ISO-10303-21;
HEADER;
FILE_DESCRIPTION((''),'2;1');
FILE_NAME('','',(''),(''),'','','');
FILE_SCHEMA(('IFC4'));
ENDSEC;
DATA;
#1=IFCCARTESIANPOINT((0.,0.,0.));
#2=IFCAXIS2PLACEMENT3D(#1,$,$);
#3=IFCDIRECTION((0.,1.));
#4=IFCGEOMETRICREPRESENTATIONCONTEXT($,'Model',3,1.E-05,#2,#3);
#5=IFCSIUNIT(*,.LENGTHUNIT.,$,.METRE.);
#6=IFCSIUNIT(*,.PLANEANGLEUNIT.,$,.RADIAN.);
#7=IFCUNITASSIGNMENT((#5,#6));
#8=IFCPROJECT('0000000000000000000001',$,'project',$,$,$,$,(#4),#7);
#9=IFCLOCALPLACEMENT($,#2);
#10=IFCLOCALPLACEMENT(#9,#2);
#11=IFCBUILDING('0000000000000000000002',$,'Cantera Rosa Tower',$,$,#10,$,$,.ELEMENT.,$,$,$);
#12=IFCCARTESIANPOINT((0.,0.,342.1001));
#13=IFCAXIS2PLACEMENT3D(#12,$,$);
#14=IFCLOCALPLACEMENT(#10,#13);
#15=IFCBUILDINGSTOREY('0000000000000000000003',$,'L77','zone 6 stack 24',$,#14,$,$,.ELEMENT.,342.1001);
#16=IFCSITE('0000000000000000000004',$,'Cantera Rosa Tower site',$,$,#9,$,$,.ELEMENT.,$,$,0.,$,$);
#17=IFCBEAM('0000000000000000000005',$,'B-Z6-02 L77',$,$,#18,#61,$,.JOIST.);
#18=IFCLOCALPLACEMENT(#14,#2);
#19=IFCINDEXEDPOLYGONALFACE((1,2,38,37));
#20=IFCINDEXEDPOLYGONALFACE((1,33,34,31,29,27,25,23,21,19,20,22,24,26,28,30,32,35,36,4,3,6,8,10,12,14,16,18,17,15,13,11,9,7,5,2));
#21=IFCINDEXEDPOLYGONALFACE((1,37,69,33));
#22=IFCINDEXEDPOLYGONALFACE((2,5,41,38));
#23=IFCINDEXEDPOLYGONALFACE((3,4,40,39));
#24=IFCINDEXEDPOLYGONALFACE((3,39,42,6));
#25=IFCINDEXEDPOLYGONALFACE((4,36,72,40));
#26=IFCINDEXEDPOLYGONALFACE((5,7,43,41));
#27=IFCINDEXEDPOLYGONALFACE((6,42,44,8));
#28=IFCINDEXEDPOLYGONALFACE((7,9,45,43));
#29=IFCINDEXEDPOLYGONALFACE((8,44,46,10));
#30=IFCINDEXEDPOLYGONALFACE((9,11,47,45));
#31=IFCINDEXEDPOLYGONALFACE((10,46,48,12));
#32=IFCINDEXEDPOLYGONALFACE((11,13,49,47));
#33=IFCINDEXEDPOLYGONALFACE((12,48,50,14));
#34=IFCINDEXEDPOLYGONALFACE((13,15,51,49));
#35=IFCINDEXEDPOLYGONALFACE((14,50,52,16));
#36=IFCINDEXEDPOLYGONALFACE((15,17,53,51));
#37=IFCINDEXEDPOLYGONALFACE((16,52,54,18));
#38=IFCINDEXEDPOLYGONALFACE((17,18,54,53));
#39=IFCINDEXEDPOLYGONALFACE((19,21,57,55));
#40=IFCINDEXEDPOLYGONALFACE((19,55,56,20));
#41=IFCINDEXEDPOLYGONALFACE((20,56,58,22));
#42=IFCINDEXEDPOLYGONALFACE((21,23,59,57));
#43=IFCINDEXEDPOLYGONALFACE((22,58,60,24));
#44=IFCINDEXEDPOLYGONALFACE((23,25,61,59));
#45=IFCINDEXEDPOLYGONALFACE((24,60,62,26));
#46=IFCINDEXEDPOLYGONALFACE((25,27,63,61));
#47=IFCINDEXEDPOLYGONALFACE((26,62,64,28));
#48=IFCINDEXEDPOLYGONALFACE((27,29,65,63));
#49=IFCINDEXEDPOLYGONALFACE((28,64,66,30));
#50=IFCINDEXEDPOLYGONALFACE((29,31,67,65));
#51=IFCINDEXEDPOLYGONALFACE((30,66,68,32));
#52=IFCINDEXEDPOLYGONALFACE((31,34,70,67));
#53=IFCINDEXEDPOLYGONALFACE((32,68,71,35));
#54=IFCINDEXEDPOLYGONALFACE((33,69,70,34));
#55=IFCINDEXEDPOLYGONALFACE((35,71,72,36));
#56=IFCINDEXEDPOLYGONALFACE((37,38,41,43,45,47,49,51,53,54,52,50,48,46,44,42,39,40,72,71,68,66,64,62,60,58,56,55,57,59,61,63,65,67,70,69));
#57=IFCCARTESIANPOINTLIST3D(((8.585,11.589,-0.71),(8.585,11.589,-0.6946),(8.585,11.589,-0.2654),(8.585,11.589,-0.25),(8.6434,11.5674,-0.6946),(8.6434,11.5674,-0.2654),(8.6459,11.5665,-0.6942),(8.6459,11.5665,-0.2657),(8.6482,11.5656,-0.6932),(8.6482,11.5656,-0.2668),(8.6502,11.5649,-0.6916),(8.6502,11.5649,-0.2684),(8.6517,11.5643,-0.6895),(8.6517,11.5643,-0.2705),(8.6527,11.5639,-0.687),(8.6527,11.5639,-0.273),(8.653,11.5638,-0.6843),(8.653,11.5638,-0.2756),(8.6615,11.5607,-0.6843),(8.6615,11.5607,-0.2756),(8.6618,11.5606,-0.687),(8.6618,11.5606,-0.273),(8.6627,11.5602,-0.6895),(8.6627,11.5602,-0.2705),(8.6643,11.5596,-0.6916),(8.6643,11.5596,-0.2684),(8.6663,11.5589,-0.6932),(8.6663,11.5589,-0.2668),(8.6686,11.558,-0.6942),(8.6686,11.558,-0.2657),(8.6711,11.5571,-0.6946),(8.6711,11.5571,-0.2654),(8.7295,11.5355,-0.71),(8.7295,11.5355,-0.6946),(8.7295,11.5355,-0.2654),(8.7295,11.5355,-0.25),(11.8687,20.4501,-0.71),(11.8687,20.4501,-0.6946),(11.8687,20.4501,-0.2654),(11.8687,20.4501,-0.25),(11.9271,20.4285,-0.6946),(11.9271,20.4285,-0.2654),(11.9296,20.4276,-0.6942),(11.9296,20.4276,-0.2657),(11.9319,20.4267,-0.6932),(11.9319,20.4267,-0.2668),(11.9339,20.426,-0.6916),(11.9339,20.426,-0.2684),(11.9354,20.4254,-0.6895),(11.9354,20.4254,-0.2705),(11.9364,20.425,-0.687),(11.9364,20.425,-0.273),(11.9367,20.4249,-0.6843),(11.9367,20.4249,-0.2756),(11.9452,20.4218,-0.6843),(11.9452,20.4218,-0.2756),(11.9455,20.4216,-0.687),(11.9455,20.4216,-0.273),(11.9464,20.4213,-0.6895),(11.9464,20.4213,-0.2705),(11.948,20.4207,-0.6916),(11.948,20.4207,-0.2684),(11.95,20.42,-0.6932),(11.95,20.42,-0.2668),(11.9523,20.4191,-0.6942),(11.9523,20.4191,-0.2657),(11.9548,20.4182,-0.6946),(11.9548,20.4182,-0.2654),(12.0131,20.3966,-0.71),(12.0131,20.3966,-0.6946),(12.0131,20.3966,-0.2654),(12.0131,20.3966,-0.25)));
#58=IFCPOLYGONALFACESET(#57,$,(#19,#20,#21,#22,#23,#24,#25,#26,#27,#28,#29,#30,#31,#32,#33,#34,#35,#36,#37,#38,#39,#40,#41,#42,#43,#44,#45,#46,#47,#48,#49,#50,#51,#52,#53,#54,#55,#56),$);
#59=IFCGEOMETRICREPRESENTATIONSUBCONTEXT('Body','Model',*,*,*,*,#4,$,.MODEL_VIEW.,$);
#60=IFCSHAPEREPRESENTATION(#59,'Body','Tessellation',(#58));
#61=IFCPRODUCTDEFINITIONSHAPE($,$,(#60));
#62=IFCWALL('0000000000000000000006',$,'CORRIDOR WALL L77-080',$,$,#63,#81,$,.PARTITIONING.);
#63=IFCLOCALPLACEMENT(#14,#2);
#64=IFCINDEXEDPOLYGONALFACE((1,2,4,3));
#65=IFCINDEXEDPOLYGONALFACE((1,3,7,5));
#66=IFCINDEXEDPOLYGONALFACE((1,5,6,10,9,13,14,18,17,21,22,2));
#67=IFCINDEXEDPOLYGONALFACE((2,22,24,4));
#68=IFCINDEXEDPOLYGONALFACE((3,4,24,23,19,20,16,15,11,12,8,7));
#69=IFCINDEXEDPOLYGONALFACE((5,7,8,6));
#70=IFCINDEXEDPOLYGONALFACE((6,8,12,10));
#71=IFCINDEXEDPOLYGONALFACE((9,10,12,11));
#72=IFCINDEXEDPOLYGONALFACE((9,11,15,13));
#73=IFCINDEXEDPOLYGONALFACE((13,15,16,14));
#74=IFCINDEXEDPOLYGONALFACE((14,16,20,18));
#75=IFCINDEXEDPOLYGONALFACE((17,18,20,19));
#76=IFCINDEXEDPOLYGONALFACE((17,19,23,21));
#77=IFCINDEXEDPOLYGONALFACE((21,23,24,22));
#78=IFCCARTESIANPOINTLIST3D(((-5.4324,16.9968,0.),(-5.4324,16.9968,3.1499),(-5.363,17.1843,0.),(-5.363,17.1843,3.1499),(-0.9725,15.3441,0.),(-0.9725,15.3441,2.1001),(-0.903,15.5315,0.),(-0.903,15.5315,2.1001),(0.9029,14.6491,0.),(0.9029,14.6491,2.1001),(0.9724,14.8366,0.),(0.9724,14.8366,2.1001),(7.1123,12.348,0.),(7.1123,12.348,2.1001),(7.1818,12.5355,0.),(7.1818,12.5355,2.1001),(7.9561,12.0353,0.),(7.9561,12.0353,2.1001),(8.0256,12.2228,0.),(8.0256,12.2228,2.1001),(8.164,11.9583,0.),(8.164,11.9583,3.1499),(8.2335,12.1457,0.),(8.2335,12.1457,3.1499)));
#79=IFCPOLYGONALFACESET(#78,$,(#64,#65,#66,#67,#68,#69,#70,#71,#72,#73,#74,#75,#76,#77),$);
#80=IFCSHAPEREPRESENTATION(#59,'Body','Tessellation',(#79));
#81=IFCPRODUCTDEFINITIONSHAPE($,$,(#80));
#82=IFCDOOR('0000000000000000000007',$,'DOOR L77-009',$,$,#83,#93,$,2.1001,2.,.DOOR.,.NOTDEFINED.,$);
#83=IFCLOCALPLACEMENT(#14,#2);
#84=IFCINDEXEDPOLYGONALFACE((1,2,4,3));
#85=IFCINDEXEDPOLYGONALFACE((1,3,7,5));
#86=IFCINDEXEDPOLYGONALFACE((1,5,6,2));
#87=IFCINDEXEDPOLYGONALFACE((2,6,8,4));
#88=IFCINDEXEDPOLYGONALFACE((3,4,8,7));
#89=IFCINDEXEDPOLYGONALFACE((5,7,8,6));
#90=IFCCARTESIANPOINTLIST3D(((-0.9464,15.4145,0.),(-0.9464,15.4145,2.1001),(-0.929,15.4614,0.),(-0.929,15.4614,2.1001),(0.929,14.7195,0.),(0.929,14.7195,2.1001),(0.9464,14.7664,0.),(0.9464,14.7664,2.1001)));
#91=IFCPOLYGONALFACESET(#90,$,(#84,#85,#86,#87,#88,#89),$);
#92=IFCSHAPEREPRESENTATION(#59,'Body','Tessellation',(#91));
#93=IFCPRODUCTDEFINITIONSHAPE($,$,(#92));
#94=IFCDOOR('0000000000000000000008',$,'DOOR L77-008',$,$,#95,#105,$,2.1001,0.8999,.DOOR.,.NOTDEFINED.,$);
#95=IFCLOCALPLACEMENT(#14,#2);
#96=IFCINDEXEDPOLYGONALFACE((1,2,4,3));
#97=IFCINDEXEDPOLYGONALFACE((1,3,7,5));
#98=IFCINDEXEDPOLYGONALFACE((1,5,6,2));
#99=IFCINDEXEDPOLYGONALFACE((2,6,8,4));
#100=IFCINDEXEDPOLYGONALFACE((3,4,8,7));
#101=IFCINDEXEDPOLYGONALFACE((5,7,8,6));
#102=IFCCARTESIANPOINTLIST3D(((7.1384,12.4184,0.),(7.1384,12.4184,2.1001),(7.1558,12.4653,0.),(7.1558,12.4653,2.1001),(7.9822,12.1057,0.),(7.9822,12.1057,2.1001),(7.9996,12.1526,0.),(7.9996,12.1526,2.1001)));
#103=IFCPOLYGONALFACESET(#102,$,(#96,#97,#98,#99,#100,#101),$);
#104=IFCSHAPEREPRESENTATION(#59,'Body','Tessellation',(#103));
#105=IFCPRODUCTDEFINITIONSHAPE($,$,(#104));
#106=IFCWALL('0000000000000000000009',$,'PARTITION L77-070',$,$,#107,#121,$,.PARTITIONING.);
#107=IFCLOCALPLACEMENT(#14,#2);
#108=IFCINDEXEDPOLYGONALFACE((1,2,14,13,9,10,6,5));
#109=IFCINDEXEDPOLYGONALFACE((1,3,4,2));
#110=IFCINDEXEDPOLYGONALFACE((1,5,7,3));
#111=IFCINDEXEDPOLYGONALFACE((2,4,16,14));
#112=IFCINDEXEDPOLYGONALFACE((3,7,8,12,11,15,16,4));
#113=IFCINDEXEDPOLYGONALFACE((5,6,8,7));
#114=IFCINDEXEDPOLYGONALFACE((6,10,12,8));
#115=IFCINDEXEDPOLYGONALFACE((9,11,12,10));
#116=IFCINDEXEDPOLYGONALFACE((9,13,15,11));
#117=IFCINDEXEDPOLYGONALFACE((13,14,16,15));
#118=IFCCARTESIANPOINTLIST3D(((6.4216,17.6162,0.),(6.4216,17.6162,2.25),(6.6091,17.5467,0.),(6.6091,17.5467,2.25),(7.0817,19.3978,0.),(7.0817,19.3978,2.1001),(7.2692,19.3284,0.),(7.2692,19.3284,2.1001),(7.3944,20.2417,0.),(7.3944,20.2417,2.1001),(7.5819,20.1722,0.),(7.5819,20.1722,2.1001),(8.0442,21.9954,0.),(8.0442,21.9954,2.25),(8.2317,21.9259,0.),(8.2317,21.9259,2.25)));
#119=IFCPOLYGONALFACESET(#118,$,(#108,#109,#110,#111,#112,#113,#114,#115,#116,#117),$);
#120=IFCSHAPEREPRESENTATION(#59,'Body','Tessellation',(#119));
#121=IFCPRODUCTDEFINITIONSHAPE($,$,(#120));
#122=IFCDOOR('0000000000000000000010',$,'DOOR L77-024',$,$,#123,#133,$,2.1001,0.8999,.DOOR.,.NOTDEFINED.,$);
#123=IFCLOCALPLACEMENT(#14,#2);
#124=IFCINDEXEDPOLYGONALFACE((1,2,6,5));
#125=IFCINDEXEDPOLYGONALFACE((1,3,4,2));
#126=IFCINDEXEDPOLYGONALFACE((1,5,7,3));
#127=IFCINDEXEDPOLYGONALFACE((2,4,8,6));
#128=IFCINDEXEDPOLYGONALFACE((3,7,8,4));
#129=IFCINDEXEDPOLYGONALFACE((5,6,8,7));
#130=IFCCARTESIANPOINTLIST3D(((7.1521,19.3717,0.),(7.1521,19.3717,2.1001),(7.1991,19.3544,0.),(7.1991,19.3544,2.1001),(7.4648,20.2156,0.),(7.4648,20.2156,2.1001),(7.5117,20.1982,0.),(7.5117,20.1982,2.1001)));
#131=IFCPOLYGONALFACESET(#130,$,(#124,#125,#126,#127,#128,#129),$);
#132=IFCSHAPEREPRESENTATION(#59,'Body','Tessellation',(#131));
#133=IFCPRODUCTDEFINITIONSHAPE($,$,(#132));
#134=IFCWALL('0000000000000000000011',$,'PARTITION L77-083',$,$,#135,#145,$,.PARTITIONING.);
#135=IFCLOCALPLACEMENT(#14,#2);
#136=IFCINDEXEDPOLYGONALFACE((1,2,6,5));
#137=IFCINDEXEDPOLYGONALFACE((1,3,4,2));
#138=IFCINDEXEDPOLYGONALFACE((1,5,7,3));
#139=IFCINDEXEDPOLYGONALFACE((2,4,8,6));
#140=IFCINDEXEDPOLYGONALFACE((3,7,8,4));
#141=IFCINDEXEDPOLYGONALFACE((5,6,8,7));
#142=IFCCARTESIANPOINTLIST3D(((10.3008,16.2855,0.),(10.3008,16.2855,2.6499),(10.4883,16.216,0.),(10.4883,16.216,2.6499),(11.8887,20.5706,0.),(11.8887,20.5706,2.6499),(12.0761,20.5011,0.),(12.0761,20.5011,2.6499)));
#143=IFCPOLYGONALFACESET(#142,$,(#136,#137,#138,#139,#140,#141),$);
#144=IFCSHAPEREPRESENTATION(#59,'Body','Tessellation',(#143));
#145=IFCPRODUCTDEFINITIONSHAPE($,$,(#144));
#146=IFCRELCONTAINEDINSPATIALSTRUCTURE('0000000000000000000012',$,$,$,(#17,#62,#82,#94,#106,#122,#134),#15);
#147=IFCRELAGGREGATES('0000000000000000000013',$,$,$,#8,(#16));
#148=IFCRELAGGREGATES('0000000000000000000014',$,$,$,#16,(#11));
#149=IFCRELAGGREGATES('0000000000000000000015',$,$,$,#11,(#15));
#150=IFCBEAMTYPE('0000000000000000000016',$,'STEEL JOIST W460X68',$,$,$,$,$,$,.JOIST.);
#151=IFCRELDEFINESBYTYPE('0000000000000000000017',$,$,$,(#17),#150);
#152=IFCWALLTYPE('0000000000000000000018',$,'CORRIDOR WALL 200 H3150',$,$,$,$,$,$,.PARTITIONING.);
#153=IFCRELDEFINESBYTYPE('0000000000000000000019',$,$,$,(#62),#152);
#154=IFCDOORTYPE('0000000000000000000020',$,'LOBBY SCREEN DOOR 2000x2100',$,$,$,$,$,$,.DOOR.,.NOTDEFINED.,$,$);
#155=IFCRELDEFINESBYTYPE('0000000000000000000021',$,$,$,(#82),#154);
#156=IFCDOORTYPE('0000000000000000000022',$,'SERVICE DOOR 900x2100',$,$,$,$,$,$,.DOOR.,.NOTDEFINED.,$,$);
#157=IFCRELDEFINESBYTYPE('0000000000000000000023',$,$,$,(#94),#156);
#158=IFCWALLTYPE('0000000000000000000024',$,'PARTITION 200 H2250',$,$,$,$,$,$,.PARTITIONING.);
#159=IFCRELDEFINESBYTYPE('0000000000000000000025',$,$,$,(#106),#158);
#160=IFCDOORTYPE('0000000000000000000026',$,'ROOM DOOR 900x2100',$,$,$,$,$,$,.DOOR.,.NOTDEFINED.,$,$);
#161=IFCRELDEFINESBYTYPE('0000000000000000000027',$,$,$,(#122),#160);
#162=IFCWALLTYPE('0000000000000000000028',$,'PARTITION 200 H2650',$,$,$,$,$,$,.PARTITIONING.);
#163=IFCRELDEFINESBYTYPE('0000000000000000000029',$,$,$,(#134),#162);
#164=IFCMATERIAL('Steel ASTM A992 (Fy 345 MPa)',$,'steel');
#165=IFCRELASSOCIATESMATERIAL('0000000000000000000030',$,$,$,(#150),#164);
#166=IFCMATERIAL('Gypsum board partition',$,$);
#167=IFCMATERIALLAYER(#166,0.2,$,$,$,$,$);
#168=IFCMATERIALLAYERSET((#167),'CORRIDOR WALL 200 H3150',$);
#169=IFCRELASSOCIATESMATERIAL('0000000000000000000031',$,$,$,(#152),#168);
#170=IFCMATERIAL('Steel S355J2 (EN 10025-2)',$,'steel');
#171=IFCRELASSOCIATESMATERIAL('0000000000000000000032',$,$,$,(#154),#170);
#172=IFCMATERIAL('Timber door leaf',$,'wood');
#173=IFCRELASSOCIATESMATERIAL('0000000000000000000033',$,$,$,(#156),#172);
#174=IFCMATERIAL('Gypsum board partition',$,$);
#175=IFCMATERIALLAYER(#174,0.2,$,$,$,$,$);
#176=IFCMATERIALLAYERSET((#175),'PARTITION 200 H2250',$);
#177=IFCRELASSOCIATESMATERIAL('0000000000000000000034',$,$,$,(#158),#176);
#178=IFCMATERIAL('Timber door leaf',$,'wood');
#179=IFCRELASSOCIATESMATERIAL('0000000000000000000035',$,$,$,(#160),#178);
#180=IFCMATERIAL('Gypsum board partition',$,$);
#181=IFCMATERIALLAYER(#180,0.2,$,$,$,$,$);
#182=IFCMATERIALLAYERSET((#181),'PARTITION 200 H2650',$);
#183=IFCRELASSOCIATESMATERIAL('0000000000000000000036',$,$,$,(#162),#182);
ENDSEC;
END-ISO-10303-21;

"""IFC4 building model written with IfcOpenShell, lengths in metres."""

from ifc_helpers import new_model, si_unit, direction, frame, frame_2d, origin, origin_2d, place, context, subcontext, project, spatial, rectangle, i_section, extrude, material, layer, layer_set, material_profile, profile_set, type_object, element, fill, save


model = new_model("IFC4")

# Units and contexts
model_context = context("Model", 3, precision=1e-05, world=origin(), true_north=direction((0.0, 1.0)))
body_context = subcontext(model_context, "Body", "Model", "MODEL_VIEW")
ifc_project = project(units=[si_unit("LENGTHUNIT", "METRE"), si_unit("PLANEANGLEUNIT", "RADIAN")], contexts=[model_context])

# Site, building, storey
site_placement = place(None, origin())
site = spatial("IfcSite", under=ifc_project, at=site_placement, Name="Cantera Rosa Tower site", CompositionType="ELEMENT", RefElevation=0.0)
building_placement = place(site_placement, origin())
building = spatial("IfcBuilding", under=site, at=building_placement, Name="Cantera Rosa Tower", CompositionType="ELEMENT")
storey_placement = place(building_placement, frame((0.0, 0.0, 342.1001)))
storey = spatial("IfcBuildingStorey", under=building, at=storey_placement, Name="L77", Description="zone 6 stack 24", CompositionType="ELEMENT", Elevation=342.1001)

# Beam
ifc_material_1 = material(Name="Steel ASTM A992 (Fy 345 MPa)", Category="steel")
ifc_material_profile = material_profile(ifc_material_1, i_section(OverallWidth=0.1541, OverallDepth=0.46, WebThickness=0.009, FlangeThickness=0.0154, FilletRadius=0.0103, at=origin_2d()), Name="W460X68")
ifc_profile_set = profile_set([ifc_material_profile], Name="Steel ASTM A992 (Fy 345 MPa)")
beam_type = type_object("IfcBeamType", Name="STEEL JOIST W460X68", PredefinedType="JOIST", material=ifc_profile_set)
beam_placement = place(storey_placement, frame((11.9409, 20.4233, -0.48), z_axis=(-0.347483, -0.937686, 0.0), x_axis=(0.937686, -0.347483, 0.0)))
element("IfcBeam", 1, at=beam_placement, inside=storey, type_object=beam_type, Name="B-Z6-02 L77", PredefinedType="JOIST", context=body_context, shape_type="SweptSolid", body=[
    extrude(i_section(OverallWidth=0.1541, OverallDepth=0.46, WebThickness=0.009, FlangeThickness=0.0154, FilletRadius=0.0103, at=origin_2d()), origin(), (0.0, 0.0, 1.0), 9.45),
])

# Wall, openings, doors
ifc_material_2 = material(Name="Gypsum board partition")
ifc_layer_1 = layer(ifc_material_2, 0.2)
ifc_layer_set_1 = layer_set([ifc_layer_1], Name="CORRIDOR WALL 200 H3150")
wall_type_1 = type_object("IfcWallType", Name="CORRIDOR WALL 200 H3150", PredefinedType="PARTITIONING", material=ifc_layer_set_1)
wall_1_placement = place(storey_placement, frame((8.1987, 12.052, 0.0), z_axis=(0.0, 0.0, 1.0), x_axis=(-0.937685, 0.347488, 0.0)))
wall_1 = element("IfcWall", 2, at=wall_1_placement, inside=storey, type_object=wall_type_1, Name="CORRIDOR WALL L77-080", PredefinedType="PARTITIONING", context=body_context, shape_type="SweptSolid", body=[
    extrude(rectangle(XDim=14.5, YDim=0.2, at=frame_2d((7.25, 0.0))), origin(), (0.0, 0.0, 1.0), 3.1499),
])
opening_1_placement = place(wall_1_placement, frame((0.2217, 0.0, 0.0)))
opening_1 = element("IfcOpeningElement", 3, at=opening_1_placement, cuts=wall_1, PredefinedType="OPENING", context=body_context, shape_type="SweptSolid", body=[
    extrude(rectangle(XDim=0.8999, YDim=2.1001, at=frame_2d((0.45, 1.05))), frame((0.0, 0.1099, 0.0), z_axis=(0.0, -1.0, 0.0), x_axis=(1.0, 0.0, 0.0)), (0.0, 0.0, 1.0), 0.22),
])
opening_2_placement = place(wall_1_placement, frame((7.7437, 0.0, 0.0)))
opening_2 = element("IfcOpeningElement", 4, at=opening_2_placement, cuts=wall_1, PredefinedType="OPENING", context=body_context, shape_type="SweptSolid", body=[
    extrude(rectangle(XDim=2.0, YDim=2.1001, at=frame_2d((1.0, 1.05))), frame((0.0, 0.1099, 0.0), z_axis=(0.0, -1.0, 0.0), x_axis=(1.0, 0.0, 0.0)), (0.0, 0.0, 1.0), 0.22),
])
ifc_material_3 = material(Name="Steel S355J2 (EN 10025-2)", Category="steel")
door_type_1 = type_object("IfcDoorType", Name="LOBBY SCREEN DOOR 2000x2100", OperationType="NOTDEFINED", PredefinedType="DOOR", material=ifc_material_3)
door_1_placement = place(opening_2_placement, origin())
door_1 = element("IfcDoor", 5, at=door_1_placement, inside=storey, type_object=door_type_1, Name="DOOR L77-009", OperationType="NOTDEFINED", OverallHeight=2.1001, OverallWidth=2.0, PredefinedType="DOOR", context=body_context, shape_type="SweptSolid", body=[
    extrude(rectangle(XDim=2.0, YDim=2.1001, at=frame_2d((1.0, 1.05))), frame((0.0, 0.0249, 0.0), z_axis=(0.0, -1.0, 0.0), x_axis=(1.0, 0.0, 0.0)), (0.0, 0.0, 1.0), 0.05),
])
fill(opening_2, door_1)
ifc_material_4 = material(Name="Timber door leaf", Category="wood")
door_type_2 = type_object("IfcDoorType", Name="SERVICE DOOR 900x2100", OperationType="NOTDEFINED", PredefinedType="DOOR", material=ifc_material_4)
door_2_placement = place(opening_1_placement, origin())
door_2 = element("IfcDoor", 6, at=door_2_placement, inside=storey, type_object=door_type_2, Name="DOOR L77-008", OperationType="NOTDEFINED", OverallHeight=2.1001, OverallWidth=0.8999, PredefinedType="DOOR", context=body_context, shape_type="SweptSolid", body=[
    extrude(rectangle(XDim=0.8999, YDim=2.1001, at=frame_2d((0.45, 1.05))), frame((0.0, 0.0249, 0.0), z_axis=(0.0, -1.0, 0.0), x_axis=(1.0, 0.0, 0.0)), (0.0, 0.0, 1.0), 0.05),
])
fill(opening_1, door_2)

# Wall, opening, door
ifc_material_5 = material(Name="Gypsum board partition")
ifc_layer_2 = layer(ifc_material_5, 0.2)
ifc_layer_set_2 = layer_set([ifc_layer_2], Name="PARTITION 200 H2250")
wall_type_2 = type_object("IfcWallType", Name="PARTITION 200 H2250", PredefinedType="PARTITIONING", material=ifc_layer_set_2)
wall_2_placement = place(storey_placement, frame((6.5154, 17.5815, 0.0), z_axis=(0.0, 0.0, 1.0), x_axis=(0.347437, 0.937703, 0.0)))
wall_2 = element("IfcWall", 7, at=wall_2_placement, inside=storey, type_object=wall_type_2, Name="PARTITION L77-070", PredefinedType="PARTITIONING", context=body_context, shape_type="SweptSolid", body=[
    extrude(rectangle(XDim=4.6702, YDim=0.2, at=frame_2d((2.335, 0.0))), origin(), (0.0, 0.0, 1.0), 2.25),
])
opening_3_placement = place(wall_2_placement, frame((1.8999, 0.0, 0.0)))
opening_3 = element("IfcOpeningElement", 8, at=opening_3_placement, cuts=wall_2, PredefinedType="OPENING", context=body_context, shape_type="SweptSolid", body=[
    extrude(rectangle(XDim=0.8999, YDim=2.1001, at=frame_2d((0.45, 1.05))), frame((0.0, 0.1099, 0.0), z_axis=(0.0, -1.0, 0.0), x_axis=(1.0, 0.0, 0.0)), (0.0, 0.0, 1.0), 0.22),
])
ifc_material_6 = material(Name="Timber door leaf", Category="wood")
door_type_3 = type_object("IfcDoorType", Name="ROOM DOOR 900x2100", OperationType="NOTDEFINED", PredefinedType="DOOR", material=ifc_material_6)
door_3_placement = place(opening_3_placement, origin())
door_3 = element("IfcDoor", 9, at=door_3_placement, inside=storey, type_object=door_type_3, Name="DOOR L77-024", OperationType="NOTDEFINED", OverallHeight=2.1001, OverallWidth=0.8999, PredefinedType="DOOR", context=body_context, shape_type="SweptSolid", body=[
    extrude(rectangle(XDim=0.8999, YDim=2.1001, at=frame_2d((0.45, 1.05))), frame((0.0, 0.0249, 0.0), z_axis=(0.0, -1.0, 0.0), x_axis=(1.0, 0.0, 0.0)), (0.0, 0.0, 1.0), 0.05),
])
fill(opening_3, door_3)

# Wall
ifc_material_7 = material(Name="Gypsum board partition")
ifc_layer_3 = layer(ifc_material_7, 0.2)
ifc_layer_set_3 = layer_set([ifc_layer_3], Name="PARTITION 200 H2650")
wall_type_3 = type_object("IfcWallType", Name="PARTITION 200 H2650", PredefinedType="PARTITIONING", material=ifc_layer_set_3)
wall_3_placement = place(storey_placement, frame((10.3945, 16.2507, 0.0), z_axis=(0.0, 0.0, 1.0), x_axis=(0.347467, 0.937692, 0.0)))
element("IfcWall", 10, at=wall_3_placement, inside=storey, type_object=wall_type_3, Name="PARTITION L77-083", PredefinedType="PARTITIONING", context=body_context, shape_type="SweptSolid", body=[
    extrude(rectangle(XDim=4.5698, YDim=0.2, at=frame_2d((2.2849, 0.0))), origin(), (0.0, 0.0, 1.0), 2.6499),
])

save(model, "model.ifc")
